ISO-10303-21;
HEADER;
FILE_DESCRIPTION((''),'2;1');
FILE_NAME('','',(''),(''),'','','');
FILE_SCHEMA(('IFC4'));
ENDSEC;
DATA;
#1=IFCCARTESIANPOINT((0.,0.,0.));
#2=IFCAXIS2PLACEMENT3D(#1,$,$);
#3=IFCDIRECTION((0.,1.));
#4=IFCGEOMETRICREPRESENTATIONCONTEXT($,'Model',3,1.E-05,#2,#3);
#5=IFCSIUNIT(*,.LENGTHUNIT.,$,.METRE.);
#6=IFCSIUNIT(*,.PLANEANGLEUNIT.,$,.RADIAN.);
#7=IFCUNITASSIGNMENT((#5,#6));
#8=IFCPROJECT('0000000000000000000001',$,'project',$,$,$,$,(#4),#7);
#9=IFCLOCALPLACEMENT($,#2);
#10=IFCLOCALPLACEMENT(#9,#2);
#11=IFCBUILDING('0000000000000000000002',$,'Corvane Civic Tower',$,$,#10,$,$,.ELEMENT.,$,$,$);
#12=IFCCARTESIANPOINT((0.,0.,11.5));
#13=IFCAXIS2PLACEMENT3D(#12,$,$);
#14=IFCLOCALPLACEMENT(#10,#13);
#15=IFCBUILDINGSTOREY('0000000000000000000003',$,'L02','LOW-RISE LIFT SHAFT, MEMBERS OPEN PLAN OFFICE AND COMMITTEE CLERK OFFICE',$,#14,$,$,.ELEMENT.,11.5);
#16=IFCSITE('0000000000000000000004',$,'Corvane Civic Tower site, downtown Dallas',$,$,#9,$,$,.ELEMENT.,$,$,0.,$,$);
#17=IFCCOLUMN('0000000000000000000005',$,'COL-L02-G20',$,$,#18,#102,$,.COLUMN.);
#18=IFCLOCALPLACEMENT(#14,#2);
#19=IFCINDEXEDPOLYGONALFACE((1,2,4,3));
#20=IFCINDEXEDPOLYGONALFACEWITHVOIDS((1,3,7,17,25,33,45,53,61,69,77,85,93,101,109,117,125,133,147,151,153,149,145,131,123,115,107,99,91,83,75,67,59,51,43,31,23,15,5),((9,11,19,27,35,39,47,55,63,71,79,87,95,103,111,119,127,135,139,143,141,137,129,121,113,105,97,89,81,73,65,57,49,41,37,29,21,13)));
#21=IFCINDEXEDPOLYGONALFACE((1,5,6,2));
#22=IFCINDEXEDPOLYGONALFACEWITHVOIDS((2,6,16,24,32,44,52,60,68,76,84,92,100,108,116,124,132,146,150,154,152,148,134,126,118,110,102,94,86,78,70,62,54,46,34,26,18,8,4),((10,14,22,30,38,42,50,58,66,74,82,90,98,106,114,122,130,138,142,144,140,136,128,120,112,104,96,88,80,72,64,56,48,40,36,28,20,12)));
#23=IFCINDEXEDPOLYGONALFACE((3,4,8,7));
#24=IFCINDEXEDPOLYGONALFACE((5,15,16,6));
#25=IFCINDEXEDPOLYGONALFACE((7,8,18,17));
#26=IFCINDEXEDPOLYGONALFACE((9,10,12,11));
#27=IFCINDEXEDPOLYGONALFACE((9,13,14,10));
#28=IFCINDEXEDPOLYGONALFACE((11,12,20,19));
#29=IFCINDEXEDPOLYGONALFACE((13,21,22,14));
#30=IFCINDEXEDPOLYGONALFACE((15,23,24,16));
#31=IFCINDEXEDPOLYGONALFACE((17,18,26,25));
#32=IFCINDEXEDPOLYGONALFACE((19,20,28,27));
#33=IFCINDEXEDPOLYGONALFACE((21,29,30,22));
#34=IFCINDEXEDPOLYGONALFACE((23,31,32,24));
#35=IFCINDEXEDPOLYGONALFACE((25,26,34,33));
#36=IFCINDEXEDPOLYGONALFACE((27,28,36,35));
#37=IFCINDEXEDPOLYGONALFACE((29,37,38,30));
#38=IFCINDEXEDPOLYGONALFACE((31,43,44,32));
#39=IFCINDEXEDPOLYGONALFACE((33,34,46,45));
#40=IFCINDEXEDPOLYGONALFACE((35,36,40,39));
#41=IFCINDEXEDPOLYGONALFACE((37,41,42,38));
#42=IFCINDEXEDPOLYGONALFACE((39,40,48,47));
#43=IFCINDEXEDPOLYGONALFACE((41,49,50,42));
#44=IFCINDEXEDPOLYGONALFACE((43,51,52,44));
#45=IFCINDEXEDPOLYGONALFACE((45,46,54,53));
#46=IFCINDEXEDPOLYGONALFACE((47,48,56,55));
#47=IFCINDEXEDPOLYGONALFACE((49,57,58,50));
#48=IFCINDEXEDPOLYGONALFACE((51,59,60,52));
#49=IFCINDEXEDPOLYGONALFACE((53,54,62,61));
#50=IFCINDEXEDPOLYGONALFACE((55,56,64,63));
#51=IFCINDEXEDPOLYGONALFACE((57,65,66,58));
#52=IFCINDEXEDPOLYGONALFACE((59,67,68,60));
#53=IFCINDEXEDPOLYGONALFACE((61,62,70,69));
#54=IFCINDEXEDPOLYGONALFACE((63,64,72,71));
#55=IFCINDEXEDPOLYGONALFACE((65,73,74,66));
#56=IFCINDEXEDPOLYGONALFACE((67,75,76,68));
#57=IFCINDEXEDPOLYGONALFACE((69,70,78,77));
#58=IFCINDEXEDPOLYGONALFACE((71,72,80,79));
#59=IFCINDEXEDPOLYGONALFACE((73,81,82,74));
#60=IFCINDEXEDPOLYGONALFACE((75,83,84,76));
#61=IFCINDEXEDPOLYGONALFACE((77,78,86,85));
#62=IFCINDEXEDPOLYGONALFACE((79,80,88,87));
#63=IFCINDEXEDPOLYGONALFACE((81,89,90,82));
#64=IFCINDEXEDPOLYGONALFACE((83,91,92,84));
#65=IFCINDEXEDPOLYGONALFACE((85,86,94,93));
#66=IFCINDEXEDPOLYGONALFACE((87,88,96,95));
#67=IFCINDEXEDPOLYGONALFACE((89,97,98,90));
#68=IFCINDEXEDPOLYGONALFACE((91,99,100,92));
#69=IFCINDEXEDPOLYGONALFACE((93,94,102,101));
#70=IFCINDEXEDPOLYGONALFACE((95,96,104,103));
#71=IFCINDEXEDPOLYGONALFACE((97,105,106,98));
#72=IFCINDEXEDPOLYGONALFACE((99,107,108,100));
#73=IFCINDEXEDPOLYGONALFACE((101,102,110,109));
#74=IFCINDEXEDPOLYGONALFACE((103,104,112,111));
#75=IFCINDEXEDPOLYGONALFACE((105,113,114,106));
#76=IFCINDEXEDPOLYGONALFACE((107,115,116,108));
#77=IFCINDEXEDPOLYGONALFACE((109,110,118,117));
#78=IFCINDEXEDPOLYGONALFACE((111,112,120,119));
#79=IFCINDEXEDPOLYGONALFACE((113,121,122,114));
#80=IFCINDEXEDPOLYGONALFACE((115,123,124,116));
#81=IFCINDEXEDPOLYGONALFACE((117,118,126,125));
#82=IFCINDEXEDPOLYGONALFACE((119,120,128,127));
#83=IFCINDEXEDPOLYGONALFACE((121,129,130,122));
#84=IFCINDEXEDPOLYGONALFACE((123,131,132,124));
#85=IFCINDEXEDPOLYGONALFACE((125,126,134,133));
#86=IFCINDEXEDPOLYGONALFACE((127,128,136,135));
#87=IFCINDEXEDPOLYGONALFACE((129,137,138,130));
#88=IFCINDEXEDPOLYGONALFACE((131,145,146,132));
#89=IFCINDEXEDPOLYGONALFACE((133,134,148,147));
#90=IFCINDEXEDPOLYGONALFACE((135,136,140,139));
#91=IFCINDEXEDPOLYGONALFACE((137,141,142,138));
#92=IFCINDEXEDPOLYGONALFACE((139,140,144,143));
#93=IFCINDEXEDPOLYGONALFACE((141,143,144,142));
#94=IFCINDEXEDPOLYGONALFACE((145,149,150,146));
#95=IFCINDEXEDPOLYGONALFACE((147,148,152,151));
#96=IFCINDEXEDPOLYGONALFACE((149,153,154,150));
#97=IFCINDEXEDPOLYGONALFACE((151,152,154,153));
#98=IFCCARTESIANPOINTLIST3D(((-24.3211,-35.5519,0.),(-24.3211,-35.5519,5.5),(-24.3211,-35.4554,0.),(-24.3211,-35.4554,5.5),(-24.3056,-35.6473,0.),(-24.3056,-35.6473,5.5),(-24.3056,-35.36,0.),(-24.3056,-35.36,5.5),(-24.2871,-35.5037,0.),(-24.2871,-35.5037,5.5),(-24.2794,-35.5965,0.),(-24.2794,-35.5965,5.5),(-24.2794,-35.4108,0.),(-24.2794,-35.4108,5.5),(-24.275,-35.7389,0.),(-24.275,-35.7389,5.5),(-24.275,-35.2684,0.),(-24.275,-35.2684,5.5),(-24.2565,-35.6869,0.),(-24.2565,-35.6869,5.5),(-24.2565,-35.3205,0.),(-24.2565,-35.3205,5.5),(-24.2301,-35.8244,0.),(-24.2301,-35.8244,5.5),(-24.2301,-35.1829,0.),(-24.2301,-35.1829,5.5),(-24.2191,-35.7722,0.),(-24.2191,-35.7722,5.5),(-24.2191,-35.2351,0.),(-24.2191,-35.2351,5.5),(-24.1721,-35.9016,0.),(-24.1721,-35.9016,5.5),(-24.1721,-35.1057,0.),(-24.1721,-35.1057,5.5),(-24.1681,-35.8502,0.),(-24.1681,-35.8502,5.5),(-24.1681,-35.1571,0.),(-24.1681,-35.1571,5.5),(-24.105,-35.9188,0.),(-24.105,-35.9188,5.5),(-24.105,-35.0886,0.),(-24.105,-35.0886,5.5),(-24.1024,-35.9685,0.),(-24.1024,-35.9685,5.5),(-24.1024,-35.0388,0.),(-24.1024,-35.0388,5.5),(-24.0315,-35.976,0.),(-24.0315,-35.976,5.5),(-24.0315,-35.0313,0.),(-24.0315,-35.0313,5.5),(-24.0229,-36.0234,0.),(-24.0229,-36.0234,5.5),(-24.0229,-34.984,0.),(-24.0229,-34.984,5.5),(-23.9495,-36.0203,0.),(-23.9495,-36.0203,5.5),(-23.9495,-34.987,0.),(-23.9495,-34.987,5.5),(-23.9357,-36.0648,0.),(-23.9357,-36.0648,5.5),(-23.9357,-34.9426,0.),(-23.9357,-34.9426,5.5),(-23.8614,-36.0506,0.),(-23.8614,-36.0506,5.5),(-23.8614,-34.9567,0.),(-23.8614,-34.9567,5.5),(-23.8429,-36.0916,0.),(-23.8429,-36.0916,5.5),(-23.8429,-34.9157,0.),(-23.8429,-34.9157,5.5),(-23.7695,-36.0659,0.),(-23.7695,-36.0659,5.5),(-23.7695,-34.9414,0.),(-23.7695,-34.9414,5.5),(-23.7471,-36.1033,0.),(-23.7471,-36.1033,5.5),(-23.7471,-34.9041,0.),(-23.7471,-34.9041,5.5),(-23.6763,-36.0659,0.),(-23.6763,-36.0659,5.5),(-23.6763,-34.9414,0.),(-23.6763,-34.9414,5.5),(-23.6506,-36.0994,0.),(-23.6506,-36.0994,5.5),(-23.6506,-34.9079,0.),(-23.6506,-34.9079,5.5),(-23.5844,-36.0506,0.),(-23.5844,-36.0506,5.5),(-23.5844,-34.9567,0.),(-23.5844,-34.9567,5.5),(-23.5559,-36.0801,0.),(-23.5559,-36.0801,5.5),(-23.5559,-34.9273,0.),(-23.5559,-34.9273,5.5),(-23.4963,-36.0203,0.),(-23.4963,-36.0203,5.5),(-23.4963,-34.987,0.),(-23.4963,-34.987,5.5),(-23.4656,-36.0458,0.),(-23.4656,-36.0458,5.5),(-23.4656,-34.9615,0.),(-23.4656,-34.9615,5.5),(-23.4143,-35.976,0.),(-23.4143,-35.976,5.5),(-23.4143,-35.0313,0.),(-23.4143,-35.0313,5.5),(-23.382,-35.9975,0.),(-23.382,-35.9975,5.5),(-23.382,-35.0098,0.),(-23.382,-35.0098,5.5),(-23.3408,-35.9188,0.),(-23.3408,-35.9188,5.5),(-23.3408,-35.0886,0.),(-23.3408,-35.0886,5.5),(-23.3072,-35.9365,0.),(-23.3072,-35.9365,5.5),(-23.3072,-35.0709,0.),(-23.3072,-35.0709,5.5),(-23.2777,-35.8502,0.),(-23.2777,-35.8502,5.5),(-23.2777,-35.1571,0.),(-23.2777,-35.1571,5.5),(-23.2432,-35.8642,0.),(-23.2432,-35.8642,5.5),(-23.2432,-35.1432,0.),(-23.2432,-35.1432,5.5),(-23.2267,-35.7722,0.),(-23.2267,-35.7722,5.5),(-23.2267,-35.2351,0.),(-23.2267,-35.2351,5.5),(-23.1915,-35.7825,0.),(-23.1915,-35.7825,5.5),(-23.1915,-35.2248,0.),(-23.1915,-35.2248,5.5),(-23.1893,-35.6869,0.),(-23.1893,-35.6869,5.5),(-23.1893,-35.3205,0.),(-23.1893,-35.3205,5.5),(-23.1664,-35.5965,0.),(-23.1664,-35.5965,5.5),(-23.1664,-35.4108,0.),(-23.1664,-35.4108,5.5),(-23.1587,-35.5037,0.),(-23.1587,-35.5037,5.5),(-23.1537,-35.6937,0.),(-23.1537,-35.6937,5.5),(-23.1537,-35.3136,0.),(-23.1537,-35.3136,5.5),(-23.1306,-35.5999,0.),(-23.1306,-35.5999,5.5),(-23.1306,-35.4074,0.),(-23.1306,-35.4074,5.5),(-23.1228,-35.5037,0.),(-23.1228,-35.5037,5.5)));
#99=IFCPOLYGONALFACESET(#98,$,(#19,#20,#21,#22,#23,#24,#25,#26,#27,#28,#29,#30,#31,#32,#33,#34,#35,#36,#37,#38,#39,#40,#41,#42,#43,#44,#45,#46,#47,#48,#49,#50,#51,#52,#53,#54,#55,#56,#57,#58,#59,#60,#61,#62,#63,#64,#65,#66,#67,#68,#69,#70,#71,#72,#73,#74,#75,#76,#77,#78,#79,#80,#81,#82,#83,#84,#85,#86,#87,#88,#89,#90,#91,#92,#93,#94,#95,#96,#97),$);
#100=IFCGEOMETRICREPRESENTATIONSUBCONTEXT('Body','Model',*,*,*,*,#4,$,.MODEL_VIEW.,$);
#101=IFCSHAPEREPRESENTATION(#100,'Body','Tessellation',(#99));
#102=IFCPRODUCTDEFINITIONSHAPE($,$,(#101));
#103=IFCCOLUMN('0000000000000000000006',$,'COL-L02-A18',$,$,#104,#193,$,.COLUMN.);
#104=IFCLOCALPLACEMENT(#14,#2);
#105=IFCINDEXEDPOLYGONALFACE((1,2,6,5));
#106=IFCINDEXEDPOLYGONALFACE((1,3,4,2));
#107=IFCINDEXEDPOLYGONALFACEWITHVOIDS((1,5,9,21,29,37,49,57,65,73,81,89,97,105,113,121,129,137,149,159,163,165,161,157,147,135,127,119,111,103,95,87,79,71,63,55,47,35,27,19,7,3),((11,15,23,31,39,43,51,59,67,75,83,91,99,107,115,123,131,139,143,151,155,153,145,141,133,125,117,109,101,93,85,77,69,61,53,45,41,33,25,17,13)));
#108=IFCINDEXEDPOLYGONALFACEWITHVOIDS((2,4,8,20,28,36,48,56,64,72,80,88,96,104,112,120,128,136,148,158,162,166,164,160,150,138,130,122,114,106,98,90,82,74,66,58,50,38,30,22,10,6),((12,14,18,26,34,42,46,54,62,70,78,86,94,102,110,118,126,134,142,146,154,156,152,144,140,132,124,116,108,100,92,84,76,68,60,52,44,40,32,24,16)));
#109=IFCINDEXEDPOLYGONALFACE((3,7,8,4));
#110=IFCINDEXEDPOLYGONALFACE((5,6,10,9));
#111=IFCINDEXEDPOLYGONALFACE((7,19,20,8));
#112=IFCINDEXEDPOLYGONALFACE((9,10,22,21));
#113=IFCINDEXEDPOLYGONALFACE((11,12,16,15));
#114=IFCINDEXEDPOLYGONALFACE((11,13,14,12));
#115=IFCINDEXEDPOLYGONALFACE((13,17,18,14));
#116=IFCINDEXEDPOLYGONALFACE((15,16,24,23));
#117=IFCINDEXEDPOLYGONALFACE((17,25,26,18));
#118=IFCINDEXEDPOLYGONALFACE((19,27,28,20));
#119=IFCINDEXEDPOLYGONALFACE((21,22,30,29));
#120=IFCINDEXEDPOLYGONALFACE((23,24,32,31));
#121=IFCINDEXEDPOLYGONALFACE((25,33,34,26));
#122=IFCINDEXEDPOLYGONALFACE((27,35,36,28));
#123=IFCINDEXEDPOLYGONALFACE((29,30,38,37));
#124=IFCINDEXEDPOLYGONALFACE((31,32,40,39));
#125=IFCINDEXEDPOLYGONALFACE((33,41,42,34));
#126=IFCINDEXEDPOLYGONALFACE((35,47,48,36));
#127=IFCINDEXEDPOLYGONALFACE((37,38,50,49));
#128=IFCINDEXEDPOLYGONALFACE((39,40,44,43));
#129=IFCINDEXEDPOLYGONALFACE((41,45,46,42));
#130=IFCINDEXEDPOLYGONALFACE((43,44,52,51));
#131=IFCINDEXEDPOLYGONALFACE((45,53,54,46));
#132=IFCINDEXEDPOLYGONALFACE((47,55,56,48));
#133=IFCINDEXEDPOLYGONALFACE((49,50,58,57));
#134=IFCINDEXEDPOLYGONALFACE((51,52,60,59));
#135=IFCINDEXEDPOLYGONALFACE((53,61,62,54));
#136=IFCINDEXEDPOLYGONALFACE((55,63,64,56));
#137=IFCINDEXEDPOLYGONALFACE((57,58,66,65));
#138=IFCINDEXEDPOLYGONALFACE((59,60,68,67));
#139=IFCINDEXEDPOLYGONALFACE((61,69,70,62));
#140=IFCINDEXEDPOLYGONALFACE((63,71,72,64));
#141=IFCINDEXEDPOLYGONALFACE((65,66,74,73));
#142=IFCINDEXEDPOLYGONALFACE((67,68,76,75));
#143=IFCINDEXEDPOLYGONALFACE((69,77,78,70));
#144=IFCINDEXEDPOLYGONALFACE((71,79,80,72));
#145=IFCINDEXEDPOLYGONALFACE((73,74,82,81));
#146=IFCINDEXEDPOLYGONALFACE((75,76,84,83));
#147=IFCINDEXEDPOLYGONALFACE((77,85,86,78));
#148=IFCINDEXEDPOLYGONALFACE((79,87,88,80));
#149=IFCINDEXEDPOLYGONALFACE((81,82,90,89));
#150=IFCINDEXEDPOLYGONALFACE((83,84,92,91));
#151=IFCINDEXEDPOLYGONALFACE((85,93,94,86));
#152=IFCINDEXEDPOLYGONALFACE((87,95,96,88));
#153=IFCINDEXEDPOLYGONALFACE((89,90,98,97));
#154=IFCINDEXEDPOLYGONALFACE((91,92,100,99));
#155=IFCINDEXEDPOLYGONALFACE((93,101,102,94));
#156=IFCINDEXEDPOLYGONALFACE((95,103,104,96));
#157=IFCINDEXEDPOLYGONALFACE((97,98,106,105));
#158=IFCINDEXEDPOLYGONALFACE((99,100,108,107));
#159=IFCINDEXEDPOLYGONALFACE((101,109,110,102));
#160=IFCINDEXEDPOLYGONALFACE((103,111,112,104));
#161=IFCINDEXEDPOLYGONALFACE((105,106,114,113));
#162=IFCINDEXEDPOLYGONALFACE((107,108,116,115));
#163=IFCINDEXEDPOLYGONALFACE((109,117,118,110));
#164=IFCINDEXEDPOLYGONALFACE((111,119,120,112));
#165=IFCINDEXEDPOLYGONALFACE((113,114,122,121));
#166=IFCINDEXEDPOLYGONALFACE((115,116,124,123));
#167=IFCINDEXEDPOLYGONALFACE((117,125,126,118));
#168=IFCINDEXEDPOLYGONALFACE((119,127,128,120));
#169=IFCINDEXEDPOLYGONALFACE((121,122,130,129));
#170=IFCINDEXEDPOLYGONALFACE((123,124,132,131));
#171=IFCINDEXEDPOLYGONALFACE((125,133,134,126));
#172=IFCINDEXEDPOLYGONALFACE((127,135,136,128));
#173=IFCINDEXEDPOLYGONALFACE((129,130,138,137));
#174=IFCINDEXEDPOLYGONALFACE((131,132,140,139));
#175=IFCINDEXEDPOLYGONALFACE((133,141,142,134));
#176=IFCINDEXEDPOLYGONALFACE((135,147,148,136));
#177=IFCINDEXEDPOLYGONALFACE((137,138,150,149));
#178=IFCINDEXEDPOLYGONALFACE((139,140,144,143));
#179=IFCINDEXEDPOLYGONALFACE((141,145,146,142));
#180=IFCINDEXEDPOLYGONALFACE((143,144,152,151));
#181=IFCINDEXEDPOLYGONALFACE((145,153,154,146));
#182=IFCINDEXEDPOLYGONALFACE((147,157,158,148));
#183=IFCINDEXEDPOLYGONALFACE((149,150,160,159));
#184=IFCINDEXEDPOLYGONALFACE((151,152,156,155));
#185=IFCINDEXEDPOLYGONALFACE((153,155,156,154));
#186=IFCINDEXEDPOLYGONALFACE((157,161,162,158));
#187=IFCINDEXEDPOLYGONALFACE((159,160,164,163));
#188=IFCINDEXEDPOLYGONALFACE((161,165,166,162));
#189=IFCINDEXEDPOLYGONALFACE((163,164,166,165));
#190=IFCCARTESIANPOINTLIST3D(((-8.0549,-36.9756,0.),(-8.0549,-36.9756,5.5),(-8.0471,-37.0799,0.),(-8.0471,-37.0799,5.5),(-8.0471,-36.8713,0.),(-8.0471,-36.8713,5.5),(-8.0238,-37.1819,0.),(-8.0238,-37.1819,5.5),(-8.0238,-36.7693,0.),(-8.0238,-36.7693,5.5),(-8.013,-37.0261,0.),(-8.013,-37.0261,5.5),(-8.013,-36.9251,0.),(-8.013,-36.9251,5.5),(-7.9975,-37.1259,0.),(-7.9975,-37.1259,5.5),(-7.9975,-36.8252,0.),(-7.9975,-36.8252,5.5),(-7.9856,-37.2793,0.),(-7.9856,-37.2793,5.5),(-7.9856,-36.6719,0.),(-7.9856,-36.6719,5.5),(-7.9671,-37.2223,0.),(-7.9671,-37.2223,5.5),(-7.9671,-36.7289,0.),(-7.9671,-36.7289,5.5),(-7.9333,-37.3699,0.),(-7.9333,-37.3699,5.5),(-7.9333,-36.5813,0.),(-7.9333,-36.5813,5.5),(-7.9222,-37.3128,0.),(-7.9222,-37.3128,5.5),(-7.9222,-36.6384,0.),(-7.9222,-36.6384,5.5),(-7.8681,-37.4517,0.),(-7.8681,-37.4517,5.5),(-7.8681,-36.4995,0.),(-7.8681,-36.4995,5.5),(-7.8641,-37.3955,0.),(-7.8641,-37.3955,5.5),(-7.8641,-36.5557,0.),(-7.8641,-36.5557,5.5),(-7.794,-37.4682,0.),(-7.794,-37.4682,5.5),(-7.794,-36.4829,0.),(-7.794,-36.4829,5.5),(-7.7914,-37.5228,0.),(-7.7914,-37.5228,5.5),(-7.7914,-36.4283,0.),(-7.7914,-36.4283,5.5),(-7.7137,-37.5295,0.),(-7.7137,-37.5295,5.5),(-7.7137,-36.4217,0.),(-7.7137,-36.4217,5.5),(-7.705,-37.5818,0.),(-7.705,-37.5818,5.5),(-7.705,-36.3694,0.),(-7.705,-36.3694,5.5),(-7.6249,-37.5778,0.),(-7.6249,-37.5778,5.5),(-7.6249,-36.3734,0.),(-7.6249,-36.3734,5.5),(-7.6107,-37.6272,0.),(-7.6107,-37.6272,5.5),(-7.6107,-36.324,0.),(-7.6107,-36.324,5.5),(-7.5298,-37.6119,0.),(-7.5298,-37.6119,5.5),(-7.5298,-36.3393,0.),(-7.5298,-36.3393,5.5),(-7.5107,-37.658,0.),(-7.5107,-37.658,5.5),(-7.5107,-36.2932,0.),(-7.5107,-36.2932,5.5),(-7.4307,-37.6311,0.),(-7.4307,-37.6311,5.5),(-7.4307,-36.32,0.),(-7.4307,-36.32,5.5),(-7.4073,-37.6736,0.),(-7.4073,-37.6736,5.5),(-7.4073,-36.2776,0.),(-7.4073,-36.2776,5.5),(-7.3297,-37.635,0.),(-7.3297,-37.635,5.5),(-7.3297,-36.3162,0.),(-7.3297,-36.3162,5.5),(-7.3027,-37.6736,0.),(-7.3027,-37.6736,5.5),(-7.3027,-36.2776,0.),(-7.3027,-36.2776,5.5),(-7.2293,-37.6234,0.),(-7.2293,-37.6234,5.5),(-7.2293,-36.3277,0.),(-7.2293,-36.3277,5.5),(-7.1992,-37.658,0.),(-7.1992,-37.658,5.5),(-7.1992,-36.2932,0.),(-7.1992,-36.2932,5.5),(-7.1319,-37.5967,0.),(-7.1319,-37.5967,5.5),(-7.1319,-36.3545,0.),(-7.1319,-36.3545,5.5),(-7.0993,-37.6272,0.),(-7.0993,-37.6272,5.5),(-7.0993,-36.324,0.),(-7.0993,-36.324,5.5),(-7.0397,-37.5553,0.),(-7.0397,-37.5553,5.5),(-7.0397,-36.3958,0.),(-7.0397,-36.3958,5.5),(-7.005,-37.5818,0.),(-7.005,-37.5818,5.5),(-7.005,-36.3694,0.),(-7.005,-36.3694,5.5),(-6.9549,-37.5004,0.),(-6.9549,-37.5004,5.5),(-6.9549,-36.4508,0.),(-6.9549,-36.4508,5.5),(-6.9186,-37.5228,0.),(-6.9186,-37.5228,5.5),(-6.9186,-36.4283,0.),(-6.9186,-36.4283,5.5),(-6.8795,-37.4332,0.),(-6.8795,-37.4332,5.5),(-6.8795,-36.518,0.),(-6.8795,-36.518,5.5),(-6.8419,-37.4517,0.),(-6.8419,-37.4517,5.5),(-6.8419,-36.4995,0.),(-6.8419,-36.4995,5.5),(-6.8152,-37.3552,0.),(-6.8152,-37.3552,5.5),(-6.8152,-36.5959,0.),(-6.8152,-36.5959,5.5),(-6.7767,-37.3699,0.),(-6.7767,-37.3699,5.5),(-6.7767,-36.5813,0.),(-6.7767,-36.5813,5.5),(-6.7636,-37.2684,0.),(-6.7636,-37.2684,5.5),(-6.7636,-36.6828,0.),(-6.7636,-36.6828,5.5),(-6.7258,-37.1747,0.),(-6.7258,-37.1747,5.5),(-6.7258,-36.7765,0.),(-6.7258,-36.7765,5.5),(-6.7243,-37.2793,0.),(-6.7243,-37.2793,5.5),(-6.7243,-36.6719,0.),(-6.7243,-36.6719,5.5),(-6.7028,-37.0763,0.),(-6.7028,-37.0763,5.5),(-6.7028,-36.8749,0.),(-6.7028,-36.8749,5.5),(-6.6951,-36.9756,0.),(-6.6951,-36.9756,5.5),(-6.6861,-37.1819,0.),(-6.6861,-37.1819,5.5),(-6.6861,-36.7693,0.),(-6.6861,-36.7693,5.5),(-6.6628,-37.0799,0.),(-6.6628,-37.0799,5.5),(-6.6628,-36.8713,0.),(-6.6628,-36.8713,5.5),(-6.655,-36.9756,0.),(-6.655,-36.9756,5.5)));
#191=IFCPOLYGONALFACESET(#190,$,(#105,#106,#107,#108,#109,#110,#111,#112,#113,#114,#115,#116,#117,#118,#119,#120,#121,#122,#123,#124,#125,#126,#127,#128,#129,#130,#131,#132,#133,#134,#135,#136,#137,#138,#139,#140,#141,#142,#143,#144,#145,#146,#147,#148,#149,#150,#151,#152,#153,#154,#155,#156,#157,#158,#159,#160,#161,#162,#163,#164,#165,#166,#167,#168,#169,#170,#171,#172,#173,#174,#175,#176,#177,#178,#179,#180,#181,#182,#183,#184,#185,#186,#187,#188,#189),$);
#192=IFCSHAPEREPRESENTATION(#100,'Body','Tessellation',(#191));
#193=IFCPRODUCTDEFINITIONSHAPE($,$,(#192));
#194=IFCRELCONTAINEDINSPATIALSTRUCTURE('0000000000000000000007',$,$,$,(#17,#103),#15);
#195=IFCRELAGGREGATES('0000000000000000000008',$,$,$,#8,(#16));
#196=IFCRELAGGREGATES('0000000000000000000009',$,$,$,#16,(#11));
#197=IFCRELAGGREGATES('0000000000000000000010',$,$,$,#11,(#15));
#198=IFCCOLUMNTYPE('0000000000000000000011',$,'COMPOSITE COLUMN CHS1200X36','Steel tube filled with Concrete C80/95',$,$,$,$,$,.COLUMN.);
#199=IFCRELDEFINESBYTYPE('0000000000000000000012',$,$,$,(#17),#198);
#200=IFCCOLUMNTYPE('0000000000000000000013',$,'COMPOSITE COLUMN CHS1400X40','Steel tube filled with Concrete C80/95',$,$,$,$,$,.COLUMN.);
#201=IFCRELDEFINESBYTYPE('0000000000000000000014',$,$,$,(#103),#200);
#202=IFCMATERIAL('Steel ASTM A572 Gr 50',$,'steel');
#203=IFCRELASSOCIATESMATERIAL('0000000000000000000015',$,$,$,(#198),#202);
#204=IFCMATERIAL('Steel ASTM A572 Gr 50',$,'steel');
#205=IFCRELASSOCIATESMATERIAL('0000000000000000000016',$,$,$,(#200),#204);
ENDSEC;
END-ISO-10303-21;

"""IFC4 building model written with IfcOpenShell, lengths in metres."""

from ifc_helpers import new_model, si_unit, direction, frame, origin, origin_2d, place, context, subcontext, project, spatial, hollow_circle, extrude, material, material_profile, profile_set, type_object, element, save


model = new_model("IFC4")

# Units and contexts
model_context = context("Model", 3, precision=1e-05, world=origin(), true_north=direction((0.0, 1.0)))
body_context = subcontext(model_context, "Body", "Model", "MODEL_VIEW")
ifc_project = project(units=[si_unit("LENGTHUNIT", "METRE"), si_unit("PLANEANGLEUNIT", "RADIAN")], contexts=[model_context])

# Site, building, storey
site_placement = place(None, origin())
site = spatial("IfcSite", under=ifc_project, at=site_placement, Name="Corvane Civic Tower site, downtown Dallas", CompositionType="ELEMENT", RefElevation=0.0)
building_placement = place(site_placement, origin())
building = spatial("IfcBuilding", under=site, at=building_placement, Name="Corvane Civic Tower", CompositionType="ELEMENT")
storey_placement = place(building_placement, frame((0.0, 0.0, 11.5)))
storey = spatial("IfcBuildingStorey", under=building, at=storey_placement, Name="L02", Description="LOW-RISE LIFT SHAFT, MEMBERS OPEN PLAN OFFICE AND COMMITTEE CLERK OFFICE", CompositionType="ELEMENT", Elevation=11.5)

# Columns
ifc_material_1 = material(Name="Steel ASTM A572 Gr 50", Category="steel")
ifc_material_profile_1 = material_profile(ifc_material_1, hollow_circle(Radius=0.6001, WallThickness=0.0359, at=origin_2d()), Name="CHS1200X36")
ifc_profile_set_1 = profile_set([ifc_material_profile_1], Name="Steel ASTM A572 Gr 50")
column_type_1 = type_object("IfcColumnType", Name="COMPOSITE COLUMN CHS1200X36", Description="Steel tube filled with Concrete C80/95", PredefinedType="COLUMN", material=ifc_profile_set_1)
column_placement = place(storey_placement, frame((-23.7229, -35.5037, 0.0), z_axis=(0.0, 0.0, 1.0), x_axis=(1.0, 0.0, 0.0)))
element("IfcColumn", 1, at=column_placement, inside=storey, type_object=column_type_1, Name="COL-L02-G20", PredefinedType="COLUMN", context=body_context, shape_type="SweptSolid", body=[
    extrude(hollow_circle(Radius=0.6001, WallThickness=0.0359, at=origin_2d()), origin(), (0.0, 0.0, 1.0), 5.5),
])
ifc_material_2 = material(Name="Steel ASTM A572 Gr 50", Category="steel")
ifc_material_profile_2 = material_profile(ifc_material_2, hollow_circle(Radius=0.7, WallThickness=0.04, at=origin_2d()), Name="CHS1400X40")
ifc_profile_set_2 = profile_set([ifc_material_profile_2], Name="Steel ASTM A572 Gr 50")
column_type_2 = type_object("IfcColumnType", Name="COMPOSITE COLUMN CHS1400X40", Description="Steel tube filled with Concrete C80/95", PredefinedType="COLUMN", material=ifc_profile_set_2)
for number, where, z_axis, x_axis, name in (
    (2, (-7.355, -36.9756, 0.0), (0.0, 0.0, 1.0), (1.0, 0.0, 0.0), "COL-L02-A18"),
):
    element("IfcColumn", number, at=place(storey_placement, frame(where, z_axis=z_axis, x_axis=x_axis)), inside=storey, type_object=column_type_2, Name=name, PredefinedType="COLUMN", context=body_context, shape_type="SweptSolid", body=[
        extrude(hollow_circle(Radius=0.7, WallThickness=0.04, at=origin_2d()), origin(), (0.0, 0.0, 1.0), 5.5),
    ])

save(model, "model.ifc")
